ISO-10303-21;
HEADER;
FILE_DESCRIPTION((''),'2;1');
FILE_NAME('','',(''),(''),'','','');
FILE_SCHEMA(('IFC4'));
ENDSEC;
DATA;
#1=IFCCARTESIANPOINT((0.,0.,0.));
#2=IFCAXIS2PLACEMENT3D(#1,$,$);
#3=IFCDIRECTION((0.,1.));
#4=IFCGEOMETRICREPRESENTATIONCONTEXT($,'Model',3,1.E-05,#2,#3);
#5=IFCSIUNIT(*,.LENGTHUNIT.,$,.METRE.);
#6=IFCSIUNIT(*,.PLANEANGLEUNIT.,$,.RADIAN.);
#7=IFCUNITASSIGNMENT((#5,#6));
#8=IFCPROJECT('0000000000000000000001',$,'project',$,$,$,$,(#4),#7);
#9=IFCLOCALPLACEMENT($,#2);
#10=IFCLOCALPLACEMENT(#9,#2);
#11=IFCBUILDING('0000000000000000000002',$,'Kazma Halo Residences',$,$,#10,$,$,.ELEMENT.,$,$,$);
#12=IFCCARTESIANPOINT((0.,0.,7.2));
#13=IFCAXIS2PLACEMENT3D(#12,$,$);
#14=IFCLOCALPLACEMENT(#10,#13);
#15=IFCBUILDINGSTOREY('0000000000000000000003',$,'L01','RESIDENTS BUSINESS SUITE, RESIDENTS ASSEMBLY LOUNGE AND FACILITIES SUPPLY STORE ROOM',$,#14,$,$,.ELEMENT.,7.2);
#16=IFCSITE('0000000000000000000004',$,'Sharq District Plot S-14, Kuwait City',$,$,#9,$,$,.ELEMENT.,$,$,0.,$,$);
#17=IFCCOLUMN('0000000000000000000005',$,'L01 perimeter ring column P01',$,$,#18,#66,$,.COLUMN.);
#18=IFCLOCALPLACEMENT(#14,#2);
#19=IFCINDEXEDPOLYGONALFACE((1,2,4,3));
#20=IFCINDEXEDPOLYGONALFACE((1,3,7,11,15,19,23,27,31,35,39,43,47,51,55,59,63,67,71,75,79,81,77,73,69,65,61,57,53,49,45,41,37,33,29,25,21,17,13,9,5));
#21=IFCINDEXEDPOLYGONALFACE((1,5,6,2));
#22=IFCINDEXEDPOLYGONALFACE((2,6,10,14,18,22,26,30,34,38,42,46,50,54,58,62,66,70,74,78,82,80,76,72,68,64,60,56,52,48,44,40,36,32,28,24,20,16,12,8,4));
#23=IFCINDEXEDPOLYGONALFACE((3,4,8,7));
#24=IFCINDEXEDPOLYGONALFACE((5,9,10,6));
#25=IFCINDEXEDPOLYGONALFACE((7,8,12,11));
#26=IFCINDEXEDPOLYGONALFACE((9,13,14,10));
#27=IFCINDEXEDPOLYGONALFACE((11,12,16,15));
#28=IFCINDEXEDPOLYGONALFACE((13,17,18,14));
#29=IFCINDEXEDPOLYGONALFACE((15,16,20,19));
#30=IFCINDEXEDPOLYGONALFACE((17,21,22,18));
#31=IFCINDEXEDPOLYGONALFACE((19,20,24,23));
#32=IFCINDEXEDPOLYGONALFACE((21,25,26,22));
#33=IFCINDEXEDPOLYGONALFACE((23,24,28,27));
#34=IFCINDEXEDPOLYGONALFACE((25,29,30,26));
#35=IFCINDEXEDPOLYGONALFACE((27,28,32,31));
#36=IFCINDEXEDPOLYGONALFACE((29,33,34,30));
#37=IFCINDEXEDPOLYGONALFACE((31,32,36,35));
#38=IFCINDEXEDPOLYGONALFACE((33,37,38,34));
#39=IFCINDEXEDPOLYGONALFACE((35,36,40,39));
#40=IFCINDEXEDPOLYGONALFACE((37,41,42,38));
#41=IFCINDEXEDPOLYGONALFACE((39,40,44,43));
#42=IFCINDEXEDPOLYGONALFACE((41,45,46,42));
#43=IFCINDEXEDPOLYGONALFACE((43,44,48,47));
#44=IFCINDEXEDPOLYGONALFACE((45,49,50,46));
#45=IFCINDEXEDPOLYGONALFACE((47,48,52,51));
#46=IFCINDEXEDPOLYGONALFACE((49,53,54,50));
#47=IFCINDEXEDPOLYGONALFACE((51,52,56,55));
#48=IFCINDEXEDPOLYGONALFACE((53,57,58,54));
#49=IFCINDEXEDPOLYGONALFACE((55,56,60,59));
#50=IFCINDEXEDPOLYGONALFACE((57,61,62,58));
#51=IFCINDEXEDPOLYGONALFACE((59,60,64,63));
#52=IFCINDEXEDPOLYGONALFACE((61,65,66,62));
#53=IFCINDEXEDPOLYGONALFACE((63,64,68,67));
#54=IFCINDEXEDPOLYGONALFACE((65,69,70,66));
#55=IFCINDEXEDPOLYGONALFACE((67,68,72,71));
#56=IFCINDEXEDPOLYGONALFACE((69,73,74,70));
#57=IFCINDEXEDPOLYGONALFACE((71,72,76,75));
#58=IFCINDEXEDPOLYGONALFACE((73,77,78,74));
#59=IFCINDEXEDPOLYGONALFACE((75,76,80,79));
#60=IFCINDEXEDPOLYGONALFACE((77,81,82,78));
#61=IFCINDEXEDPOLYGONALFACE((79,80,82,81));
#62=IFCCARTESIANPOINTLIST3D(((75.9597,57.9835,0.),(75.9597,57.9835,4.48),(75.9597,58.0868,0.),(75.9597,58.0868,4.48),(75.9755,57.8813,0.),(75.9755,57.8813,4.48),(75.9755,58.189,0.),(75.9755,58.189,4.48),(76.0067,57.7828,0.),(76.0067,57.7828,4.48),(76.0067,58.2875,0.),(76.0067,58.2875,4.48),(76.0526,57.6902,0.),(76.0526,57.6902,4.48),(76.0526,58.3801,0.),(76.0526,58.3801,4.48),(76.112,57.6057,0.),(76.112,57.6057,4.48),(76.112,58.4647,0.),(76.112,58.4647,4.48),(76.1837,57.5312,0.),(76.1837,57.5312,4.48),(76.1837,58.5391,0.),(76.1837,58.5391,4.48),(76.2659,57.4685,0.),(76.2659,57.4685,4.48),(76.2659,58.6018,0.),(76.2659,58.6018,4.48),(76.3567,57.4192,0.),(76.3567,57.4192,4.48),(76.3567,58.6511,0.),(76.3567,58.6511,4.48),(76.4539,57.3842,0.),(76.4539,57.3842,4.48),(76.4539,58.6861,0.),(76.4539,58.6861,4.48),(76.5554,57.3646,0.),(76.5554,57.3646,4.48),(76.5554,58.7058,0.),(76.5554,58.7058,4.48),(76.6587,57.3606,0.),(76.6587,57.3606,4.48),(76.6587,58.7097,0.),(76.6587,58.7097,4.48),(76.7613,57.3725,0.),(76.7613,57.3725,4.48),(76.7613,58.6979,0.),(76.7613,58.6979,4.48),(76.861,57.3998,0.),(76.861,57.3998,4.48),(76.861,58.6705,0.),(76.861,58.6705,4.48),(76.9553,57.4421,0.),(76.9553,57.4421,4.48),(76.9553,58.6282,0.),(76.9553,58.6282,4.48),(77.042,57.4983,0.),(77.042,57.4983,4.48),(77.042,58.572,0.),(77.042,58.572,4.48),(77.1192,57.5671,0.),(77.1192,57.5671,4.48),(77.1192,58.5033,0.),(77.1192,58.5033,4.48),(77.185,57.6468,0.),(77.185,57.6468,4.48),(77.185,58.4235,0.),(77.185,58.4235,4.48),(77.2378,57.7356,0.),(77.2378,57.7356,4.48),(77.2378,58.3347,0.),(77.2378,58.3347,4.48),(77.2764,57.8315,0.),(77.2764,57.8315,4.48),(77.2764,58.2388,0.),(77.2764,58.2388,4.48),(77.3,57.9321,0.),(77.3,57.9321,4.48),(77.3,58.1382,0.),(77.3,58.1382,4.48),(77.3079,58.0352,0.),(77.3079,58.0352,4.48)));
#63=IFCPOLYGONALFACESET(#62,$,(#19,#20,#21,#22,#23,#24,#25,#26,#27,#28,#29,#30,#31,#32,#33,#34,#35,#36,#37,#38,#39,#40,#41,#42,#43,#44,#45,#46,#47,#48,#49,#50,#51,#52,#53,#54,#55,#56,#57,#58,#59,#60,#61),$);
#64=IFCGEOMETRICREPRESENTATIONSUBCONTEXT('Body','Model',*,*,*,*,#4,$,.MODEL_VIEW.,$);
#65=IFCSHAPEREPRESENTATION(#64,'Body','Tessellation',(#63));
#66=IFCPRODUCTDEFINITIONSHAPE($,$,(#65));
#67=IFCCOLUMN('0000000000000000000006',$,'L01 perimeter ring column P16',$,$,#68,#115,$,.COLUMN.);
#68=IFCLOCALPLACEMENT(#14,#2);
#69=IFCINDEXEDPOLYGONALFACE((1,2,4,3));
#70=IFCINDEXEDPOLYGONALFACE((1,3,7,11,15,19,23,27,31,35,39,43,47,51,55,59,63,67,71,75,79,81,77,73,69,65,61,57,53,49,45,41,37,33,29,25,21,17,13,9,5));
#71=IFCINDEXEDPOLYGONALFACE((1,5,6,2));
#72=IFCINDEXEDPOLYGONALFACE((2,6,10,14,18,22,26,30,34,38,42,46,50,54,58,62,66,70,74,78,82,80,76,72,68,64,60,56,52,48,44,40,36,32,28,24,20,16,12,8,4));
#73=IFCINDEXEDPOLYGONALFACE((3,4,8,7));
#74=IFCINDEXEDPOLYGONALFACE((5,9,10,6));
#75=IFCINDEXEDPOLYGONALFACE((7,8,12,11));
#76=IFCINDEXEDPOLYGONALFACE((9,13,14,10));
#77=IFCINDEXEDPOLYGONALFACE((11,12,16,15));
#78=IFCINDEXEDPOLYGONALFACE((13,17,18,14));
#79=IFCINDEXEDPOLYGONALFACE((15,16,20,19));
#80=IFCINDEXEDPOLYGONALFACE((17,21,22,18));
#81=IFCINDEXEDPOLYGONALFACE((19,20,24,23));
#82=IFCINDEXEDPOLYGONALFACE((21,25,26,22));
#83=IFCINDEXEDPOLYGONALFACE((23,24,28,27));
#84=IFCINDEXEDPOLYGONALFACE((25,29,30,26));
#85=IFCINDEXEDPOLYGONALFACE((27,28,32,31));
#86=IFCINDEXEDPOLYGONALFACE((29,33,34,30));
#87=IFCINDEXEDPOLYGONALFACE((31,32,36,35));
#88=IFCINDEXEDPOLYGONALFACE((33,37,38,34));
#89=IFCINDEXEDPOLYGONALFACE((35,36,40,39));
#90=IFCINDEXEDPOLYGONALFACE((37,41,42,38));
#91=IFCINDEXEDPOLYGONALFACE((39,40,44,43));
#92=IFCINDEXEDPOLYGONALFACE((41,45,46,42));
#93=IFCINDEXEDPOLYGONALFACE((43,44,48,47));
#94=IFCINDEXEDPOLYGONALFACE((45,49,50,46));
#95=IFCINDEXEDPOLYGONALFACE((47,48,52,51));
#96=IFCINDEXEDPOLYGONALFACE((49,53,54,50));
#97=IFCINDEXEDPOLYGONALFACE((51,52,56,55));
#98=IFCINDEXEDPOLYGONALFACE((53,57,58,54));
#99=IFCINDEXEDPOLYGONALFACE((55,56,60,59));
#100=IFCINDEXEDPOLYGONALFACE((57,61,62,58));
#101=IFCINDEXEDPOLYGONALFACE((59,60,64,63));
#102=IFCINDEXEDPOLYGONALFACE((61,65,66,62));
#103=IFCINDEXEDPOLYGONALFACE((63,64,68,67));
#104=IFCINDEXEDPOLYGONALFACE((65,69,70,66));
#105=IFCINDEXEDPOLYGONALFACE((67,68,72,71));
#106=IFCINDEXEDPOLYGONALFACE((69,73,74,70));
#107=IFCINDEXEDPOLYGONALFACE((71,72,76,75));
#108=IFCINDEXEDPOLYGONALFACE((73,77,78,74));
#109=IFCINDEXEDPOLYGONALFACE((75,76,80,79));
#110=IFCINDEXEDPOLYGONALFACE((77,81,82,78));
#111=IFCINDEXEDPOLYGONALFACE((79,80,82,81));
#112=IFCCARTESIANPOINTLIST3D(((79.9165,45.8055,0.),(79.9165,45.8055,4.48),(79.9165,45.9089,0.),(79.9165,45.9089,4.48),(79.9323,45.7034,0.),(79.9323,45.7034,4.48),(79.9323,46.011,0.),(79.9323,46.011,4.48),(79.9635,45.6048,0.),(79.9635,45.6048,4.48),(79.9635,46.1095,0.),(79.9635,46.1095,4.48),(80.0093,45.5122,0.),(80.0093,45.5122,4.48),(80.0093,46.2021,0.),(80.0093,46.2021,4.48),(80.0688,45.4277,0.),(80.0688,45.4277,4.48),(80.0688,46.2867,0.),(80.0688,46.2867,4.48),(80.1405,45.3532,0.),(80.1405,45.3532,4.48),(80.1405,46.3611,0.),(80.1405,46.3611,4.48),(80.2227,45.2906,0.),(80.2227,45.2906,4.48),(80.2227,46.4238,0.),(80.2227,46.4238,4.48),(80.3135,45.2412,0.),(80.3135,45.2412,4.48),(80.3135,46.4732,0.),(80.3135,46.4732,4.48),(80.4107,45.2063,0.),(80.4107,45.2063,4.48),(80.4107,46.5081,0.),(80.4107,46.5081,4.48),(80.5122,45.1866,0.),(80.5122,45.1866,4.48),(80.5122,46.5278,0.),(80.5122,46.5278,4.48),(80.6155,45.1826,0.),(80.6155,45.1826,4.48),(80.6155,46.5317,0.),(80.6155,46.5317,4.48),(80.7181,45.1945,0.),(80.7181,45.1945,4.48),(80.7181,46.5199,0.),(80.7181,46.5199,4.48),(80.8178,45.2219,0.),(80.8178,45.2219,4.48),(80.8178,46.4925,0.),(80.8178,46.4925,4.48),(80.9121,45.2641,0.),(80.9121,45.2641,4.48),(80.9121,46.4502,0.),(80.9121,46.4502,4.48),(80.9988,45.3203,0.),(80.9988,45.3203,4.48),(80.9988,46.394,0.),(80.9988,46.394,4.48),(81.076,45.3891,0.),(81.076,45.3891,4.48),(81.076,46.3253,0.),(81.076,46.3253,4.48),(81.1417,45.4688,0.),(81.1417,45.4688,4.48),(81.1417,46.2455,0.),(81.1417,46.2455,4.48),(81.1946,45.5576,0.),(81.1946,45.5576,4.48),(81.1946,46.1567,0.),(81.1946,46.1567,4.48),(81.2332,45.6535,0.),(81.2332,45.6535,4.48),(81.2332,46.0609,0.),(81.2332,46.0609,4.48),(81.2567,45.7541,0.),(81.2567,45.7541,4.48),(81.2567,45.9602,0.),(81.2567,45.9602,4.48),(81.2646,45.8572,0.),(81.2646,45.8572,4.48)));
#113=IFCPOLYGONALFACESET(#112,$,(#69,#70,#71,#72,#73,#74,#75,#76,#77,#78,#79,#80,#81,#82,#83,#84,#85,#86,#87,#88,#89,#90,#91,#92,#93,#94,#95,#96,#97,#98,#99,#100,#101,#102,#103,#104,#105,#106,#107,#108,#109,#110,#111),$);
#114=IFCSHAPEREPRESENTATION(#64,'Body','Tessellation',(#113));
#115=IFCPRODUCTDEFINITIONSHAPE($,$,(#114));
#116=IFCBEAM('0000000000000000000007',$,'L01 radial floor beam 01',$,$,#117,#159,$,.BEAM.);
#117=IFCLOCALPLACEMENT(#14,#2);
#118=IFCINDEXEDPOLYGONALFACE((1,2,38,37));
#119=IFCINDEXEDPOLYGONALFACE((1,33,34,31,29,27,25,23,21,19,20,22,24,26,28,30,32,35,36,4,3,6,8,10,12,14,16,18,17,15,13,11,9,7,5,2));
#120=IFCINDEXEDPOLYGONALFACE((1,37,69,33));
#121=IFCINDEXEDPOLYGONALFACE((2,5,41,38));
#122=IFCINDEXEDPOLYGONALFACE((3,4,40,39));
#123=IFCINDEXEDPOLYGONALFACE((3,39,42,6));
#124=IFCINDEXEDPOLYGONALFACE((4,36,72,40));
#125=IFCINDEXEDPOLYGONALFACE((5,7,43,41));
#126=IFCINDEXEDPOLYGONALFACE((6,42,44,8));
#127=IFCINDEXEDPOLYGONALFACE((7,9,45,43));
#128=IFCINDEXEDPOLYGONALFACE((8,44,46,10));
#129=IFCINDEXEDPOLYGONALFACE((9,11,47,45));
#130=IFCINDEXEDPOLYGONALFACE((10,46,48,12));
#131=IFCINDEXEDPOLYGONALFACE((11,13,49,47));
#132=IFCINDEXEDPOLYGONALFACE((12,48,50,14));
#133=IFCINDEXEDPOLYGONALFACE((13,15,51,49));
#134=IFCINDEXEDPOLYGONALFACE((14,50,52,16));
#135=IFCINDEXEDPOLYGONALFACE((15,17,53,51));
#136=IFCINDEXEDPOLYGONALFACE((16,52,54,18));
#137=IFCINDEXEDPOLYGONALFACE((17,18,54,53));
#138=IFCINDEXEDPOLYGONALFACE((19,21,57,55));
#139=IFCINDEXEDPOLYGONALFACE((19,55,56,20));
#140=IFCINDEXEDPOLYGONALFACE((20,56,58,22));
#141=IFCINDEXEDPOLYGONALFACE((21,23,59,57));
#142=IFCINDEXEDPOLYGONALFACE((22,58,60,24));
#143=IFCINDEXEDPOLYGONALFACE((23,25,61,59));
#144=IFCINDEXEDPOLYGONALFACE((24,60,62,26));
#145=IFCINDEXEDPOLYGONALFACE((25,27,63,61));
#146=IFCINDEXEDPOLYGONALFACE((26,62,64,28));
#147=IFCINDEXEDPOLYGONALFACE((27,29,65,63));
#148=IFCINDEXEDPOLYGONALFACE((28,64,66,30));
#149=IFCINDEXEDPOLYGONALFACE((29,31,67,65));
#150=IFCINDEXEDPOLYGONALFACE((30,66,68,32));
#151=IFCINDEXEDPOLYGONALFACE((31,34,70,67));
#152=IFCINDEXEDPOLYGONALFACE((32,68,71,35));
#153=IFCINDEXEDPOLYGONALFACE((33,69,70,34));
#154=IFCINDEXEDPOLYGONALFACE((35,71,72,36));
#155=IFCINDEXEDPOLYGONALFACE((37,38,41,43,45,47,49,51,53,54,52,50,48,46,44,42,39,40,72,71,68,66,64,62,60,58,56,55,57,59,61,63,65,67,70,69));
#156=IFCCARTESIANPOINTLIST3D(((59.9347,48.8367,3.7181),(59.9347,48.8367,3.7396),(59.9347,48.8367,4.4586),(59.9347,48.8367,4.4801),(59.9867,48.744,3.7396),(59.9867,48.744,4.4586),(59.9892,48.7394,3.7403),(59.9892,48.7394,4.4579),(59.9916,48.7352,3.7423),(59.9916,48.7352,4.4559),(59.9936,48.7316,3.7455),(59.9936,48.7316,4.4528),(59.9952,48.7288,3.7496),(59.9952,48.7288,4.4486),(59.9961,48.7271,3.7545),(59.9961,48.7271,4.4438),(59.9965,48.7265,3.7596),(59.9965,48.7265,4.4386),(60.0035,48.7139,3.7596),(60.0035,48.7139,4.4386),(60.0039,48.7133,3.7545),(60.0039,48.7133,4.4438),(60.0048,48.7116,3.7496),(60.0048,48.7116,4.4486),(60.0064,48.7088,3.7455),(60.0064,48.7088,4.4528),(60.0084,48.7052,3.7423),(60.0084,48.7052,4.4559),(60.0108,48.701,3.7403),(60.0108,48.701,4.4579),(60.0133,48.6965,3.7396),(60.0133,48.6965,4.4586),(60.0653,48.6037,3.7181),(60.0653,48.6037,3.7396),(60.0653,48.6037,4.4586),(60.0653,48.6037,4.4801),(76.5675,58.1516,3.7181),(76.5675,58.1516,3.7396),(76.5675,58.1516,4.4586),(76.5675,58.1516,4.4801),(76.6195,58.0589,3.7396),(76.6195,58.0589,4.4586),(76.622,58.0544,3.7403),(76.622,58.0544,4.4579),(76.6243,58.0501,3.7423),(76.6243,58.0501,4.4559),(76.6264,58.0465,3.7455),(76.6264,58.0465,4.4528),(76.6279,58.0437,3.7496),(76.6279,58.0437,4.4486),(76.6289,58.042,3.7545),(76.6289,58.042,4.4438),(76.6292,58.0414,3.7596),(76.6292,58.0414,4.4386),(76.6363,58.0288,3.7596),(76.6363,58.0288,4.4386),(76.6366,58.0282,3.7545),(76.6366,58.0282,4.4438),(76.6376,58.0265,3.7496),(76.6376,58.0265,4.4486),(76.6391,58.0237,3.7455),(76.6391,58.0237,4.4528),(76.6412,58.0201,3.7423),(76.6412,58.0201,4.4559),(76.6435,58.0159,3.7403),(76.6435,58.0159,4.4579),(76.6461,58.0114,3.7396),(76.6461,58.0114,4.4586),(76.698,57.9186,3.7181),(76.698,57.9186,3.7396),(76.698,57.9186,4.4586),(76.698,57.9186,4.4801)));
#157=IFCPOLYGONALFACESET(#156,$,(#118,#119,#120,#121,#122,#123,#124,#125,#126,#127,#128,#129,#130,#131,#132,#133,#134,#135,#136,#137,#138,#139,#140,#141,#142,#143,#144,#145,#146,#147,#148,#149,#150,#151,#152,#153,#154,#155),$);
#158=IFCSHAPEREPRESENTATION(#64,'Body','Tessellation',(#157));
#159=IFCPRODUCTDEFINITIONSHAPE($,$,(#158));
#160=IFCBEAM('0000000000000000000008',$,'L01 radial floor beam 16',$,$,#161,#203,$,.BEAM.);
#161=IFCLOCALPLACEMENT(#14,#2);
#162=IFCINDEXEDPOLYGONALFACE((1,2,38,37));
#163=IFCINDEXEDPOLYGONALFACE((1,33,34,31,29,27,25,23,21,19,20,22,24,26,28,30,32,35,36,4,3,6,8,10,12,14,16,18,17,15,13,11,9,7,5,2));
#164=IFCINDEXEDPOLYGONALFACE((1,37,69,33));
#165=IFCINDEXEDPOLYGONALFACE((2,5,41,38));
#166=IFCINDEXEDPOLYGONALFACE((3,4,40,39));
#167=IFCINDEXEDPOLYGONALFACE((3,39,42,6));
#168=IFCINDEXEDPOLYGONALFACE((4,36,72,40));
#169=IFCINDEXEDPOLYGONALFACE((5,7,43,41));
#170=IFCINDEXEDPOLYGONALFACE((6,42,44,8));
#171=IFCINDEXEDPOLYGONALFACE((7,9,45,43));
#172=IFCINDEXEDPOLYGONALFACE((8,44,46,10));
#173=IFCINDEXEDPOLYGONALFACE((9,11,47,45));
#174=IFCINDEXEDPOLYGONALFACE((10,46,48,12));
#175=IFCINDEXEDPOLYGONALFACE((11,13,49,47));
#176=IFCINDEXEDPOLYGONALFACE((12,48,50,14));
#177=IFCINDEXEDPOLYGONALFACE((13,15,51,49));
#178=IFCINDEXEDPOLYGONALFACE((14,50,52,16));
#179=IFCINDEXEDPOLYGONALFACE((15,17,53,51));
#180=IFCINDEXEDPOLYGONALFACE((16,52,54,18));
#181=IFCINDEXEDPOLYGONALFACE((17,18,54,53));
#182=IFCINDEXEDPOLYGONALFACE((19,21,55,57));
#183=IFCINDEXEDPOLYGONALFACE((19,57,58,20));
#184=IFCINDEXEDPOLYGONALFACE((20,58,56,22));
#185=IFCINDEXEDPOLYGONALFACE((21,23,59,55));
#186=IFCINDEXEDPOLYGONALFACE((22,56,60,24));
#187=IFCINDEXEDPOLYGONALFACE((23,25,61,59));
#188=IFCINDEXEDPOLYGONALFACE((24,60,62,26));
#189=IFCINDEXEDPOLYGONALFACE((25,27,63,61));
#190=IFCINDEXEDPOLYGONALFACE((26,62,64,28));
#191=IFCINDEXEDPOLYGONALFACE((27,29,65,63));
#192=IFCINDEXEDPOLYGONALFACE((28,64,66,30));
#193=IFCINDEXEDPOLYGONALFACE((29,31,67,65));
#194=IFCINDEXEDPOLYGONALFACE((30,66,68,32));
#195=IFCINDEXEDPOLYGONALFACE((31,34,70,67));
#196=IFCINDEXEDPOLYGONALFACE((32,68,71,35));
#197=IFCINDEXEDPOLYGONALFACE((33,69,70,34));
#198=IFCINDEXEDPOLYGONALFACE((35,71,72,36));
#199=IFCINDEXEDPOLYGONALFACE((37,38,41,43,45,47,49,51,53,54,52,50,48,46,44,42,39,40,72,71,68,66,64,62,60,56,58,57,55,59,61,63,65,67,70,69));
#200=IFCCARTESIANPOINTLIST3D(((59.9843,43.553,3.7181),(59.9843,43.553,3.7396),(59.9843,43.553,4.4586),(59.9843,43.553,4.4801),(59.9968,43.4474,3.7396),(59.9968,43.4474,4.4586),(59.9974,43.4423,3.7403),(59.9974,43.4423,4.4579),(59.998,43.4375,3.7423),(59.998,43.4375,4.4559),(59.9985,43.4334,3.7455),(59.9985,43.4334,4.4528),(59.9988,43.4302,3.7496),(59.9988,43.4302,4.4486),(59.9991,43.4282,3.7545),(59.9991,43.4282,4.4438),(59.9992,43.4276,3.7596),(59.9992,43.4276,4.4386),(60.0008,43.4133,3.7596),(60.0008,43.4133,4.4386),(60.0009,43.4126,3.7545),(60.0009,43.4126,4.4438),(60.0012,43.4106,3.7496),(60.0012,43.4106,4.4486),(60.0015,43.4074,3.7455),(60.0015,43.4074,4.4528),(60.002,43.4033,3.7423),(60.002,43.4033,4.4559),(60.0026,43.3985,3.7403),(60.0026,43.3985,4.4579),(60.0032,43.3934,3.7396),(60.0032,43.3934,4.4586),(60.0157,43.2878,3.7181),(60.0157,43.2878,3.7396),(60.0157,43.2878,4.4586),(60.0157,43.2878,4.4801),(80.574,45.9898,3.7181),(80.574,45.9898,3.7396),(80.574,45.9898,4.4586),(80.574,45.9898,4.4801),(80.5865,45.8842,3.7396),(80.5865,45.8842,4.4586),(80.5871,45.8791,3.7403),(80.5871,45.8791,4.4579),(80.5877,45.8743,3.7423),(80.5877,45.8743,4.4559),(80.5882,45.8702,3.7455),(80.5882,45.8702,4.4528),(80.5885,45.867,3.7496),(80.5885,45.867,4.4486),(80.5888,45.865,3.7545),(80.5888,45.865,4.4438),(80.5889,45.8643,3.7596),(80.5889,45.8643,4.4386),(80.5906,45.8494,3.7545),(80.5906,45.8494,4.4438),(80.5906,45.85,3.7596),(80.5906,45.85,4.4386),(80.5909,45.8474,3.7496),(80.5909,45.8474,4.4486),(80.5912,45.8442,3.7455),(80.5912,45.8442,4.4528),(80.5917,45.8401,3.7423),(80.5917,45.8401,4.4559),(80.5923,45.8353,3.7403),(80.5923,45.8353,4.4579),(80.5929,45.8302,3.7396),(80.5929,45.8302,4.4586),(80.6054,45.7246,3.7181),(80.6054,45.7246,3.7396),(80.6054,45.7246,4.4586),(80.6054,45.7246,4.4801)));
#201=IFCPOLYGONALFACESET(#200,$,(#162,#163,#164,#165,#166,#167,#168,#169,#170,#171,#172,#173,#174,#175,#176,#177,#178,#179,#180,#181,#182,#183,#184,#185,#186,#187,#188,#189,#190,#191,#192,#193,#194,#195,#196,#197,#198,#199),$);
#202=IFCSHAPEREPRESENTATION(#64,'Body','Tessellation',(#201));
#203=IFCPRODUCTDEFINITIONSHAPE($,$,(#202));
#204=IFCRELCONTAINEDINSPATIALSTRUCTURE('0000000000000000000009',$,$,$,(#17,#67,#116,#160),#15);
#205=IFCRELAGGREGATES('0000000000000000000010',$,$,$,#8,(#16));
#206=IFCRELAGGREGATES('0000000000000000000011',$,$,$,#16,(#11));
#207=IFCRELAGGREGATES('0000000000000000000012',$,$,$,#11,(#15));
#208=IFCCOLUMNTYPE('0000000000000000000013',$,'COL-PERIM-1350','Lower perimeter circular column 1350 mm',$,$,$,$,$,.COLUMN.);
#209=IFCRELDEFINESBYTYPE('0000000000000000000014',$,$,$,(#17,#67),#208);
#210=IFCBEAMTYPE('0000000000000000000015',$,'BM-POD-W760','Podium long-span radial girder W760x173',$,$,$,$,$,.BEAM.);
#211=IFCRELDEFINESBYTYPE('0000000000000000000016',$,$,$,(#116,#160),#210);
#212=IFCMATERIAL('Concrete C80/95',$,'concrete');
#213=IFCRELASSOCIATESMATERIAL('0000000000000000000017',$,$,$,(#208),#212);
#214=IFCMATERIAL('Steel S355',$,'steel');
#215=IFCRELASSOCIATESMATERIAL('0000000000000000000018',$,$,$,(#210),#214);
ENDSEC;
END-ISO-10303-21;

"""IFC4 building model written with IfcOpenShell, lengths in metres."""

from ifc_helpers import new_model, si_unit, direction, frame, origin, origin_2d, place, context, subcontext, project, spatial, circle, i_section, extrude, material, material_profile, profile_set, type_object, element, save


model = new_model("IFC4")

# Units and contexts
model_context = context("Model", 3, precision=1e-05, world=origin(), true_north=direction((0.0, 1.0)))
body_context = subcontext(model_context, "Body", "Model", "MODEL_VIEW")
ifc_project = project(units=[si_unit("LENGTHUNIT", "METRE"), si_unit("PLANEANGLEUNIT", "RADIAN")], contexts=[model_context])

# Site, building, storey
site_placement = place(None, origin())
site = spatial("IfcSite", under=ifc_project, at=site_placement, Name="Sharq District Plot S-14, Kuwait City", CompositionType="ELEMENT", RefElevation=0.0)
building_placement = place(site_placement, origin())
building = spatial("IfcBuilding", under=site, at=building_placement, Name="Kazma Halo Residences", CompositionType="ELEMENT")
storey_placement = place(building_placement, frame((0.0, 0.0, 7.2)))
storey = spatial("IfcBuildingStorey", under=building, at=storey_placement, Name="L01", Description="RESIDENTS BUSINESS SUITE, RESIDENTS ASSEMBLY LOUNGE AND FACILITIES SUPPLY STORE ROOM", CompositionType="ELEMENT", Elevation=7.2)

# Columns
ifc_material_1 = material(Name="Concrete C80/95", Category="concrete")
ifc_material_profile_1 = material_profile(ifc_material_1, circle(Radius=0.675, at=origin_2d()), Name="CIRC1350")
ifc_profile_set_1 = profile_set([ifc_material_profile_1], Name="Concrete C80/95")
column_type = type_object("IfcColumnType", Name="COL-PERIM-1350", Description="Lower perimeter circular column 1350 mm", PredefinedType="COLUMN", material=ifc_profile_set_1)
for number, where, z_axis, x_axis, name in (
    (1, (76.6328, 58.0352, 0.0), (0.0, 0.0, 1.0), (1.0, 0.0, 0.0), "L01 perimeter ring column P01"),
    (2, (80.5896, 45.8572, 0.0), (0.0, 0.0, 1.0), (1.0, 0.0, 0.0), "L01 perimeter ring column P16"),
):
    element("IfcColumn", number, at=place(storey_placement, frame(where, z_axis=z_axis, x_axis=x_axis)), inside=storey, type_object=column_type, Name=name, PredefinedType="COLUMN", context=body_context, shape_type="SweptSolid", body=[
        extrude(circle(Radius=0.675, at=origin_2d()), origin(), (0.0, 0.0, 1.0), 4.48),
    ])

# Beams
ifc_material_2 = material(Name="Steel S355", Category="steel")
ifc_material_profile_2 = material_profile(ifc_material_2, i_section(OverallWidth=0.2671, OverallDepth=0.762, WebThickness=0.0144, FlangeThickness=0.0215, FilletRadius=0.02, at=origin_2d()), Name="W760x173")
ifc_profile_set_2 = profile_set([ifc_material_profile_2], Name="Steel S355")
beam_type_1 = type_object("IfcBeamType", Name="BM-POD-W760", Description="Podium long-span radial girder W760x173", PredefinedType="BEAM", material=ifc_profile_set_2)
beam_1_placement = place(storey_placement, frame((60.0, 48.7202, 4.0991), z_axis=(0.872493, 0.488626, 0.0), x_axis=(-0.488626, 0.872493, 0.0)))
element("IfcBeam", 3, at=beam_1_placement, inside=storey, type_object=beam_type_1, Name="L01 radial floor beam 01", PredefinedType="BEAM", context=body_context, shape_type="SweptSolid", body=[
    extrude(i_section(OverallWidth=0.2671, OverallDepth=0.762, WebThickness=0.0144, FlangeThickness=0.0215, FilletRadius=0.02, at=origin_2d()), origin(), (0.0, 0.0, 1.0), 19.0635),
])
beam_2_placement = place(storey_placement, frame((60.0, 43.4204, 4.0991), z_axis=(0.993069, 0.117529, 0.0), x_axis=(-0.117529, 0.993069, 0.0)))
element("IfcBeam", 4, at=beam_2_placement, inside=storey, type_object=beam_type_1, Name="L01 radial floor beam 16", PredefinedType="BEAM", context=body_context, shape_type="SweptSolid", body=[
    extrude(i_section(OverallWidth=0.2671, OverallDepth=0.762, WebThickness=0.0144, FlangeThickness=0.0215, FilletRadius=0.02, at=origin_2d()), origin(), (0.0, 0.0, 1.0), 20.7334),
])

save(model, "model.ifc")
